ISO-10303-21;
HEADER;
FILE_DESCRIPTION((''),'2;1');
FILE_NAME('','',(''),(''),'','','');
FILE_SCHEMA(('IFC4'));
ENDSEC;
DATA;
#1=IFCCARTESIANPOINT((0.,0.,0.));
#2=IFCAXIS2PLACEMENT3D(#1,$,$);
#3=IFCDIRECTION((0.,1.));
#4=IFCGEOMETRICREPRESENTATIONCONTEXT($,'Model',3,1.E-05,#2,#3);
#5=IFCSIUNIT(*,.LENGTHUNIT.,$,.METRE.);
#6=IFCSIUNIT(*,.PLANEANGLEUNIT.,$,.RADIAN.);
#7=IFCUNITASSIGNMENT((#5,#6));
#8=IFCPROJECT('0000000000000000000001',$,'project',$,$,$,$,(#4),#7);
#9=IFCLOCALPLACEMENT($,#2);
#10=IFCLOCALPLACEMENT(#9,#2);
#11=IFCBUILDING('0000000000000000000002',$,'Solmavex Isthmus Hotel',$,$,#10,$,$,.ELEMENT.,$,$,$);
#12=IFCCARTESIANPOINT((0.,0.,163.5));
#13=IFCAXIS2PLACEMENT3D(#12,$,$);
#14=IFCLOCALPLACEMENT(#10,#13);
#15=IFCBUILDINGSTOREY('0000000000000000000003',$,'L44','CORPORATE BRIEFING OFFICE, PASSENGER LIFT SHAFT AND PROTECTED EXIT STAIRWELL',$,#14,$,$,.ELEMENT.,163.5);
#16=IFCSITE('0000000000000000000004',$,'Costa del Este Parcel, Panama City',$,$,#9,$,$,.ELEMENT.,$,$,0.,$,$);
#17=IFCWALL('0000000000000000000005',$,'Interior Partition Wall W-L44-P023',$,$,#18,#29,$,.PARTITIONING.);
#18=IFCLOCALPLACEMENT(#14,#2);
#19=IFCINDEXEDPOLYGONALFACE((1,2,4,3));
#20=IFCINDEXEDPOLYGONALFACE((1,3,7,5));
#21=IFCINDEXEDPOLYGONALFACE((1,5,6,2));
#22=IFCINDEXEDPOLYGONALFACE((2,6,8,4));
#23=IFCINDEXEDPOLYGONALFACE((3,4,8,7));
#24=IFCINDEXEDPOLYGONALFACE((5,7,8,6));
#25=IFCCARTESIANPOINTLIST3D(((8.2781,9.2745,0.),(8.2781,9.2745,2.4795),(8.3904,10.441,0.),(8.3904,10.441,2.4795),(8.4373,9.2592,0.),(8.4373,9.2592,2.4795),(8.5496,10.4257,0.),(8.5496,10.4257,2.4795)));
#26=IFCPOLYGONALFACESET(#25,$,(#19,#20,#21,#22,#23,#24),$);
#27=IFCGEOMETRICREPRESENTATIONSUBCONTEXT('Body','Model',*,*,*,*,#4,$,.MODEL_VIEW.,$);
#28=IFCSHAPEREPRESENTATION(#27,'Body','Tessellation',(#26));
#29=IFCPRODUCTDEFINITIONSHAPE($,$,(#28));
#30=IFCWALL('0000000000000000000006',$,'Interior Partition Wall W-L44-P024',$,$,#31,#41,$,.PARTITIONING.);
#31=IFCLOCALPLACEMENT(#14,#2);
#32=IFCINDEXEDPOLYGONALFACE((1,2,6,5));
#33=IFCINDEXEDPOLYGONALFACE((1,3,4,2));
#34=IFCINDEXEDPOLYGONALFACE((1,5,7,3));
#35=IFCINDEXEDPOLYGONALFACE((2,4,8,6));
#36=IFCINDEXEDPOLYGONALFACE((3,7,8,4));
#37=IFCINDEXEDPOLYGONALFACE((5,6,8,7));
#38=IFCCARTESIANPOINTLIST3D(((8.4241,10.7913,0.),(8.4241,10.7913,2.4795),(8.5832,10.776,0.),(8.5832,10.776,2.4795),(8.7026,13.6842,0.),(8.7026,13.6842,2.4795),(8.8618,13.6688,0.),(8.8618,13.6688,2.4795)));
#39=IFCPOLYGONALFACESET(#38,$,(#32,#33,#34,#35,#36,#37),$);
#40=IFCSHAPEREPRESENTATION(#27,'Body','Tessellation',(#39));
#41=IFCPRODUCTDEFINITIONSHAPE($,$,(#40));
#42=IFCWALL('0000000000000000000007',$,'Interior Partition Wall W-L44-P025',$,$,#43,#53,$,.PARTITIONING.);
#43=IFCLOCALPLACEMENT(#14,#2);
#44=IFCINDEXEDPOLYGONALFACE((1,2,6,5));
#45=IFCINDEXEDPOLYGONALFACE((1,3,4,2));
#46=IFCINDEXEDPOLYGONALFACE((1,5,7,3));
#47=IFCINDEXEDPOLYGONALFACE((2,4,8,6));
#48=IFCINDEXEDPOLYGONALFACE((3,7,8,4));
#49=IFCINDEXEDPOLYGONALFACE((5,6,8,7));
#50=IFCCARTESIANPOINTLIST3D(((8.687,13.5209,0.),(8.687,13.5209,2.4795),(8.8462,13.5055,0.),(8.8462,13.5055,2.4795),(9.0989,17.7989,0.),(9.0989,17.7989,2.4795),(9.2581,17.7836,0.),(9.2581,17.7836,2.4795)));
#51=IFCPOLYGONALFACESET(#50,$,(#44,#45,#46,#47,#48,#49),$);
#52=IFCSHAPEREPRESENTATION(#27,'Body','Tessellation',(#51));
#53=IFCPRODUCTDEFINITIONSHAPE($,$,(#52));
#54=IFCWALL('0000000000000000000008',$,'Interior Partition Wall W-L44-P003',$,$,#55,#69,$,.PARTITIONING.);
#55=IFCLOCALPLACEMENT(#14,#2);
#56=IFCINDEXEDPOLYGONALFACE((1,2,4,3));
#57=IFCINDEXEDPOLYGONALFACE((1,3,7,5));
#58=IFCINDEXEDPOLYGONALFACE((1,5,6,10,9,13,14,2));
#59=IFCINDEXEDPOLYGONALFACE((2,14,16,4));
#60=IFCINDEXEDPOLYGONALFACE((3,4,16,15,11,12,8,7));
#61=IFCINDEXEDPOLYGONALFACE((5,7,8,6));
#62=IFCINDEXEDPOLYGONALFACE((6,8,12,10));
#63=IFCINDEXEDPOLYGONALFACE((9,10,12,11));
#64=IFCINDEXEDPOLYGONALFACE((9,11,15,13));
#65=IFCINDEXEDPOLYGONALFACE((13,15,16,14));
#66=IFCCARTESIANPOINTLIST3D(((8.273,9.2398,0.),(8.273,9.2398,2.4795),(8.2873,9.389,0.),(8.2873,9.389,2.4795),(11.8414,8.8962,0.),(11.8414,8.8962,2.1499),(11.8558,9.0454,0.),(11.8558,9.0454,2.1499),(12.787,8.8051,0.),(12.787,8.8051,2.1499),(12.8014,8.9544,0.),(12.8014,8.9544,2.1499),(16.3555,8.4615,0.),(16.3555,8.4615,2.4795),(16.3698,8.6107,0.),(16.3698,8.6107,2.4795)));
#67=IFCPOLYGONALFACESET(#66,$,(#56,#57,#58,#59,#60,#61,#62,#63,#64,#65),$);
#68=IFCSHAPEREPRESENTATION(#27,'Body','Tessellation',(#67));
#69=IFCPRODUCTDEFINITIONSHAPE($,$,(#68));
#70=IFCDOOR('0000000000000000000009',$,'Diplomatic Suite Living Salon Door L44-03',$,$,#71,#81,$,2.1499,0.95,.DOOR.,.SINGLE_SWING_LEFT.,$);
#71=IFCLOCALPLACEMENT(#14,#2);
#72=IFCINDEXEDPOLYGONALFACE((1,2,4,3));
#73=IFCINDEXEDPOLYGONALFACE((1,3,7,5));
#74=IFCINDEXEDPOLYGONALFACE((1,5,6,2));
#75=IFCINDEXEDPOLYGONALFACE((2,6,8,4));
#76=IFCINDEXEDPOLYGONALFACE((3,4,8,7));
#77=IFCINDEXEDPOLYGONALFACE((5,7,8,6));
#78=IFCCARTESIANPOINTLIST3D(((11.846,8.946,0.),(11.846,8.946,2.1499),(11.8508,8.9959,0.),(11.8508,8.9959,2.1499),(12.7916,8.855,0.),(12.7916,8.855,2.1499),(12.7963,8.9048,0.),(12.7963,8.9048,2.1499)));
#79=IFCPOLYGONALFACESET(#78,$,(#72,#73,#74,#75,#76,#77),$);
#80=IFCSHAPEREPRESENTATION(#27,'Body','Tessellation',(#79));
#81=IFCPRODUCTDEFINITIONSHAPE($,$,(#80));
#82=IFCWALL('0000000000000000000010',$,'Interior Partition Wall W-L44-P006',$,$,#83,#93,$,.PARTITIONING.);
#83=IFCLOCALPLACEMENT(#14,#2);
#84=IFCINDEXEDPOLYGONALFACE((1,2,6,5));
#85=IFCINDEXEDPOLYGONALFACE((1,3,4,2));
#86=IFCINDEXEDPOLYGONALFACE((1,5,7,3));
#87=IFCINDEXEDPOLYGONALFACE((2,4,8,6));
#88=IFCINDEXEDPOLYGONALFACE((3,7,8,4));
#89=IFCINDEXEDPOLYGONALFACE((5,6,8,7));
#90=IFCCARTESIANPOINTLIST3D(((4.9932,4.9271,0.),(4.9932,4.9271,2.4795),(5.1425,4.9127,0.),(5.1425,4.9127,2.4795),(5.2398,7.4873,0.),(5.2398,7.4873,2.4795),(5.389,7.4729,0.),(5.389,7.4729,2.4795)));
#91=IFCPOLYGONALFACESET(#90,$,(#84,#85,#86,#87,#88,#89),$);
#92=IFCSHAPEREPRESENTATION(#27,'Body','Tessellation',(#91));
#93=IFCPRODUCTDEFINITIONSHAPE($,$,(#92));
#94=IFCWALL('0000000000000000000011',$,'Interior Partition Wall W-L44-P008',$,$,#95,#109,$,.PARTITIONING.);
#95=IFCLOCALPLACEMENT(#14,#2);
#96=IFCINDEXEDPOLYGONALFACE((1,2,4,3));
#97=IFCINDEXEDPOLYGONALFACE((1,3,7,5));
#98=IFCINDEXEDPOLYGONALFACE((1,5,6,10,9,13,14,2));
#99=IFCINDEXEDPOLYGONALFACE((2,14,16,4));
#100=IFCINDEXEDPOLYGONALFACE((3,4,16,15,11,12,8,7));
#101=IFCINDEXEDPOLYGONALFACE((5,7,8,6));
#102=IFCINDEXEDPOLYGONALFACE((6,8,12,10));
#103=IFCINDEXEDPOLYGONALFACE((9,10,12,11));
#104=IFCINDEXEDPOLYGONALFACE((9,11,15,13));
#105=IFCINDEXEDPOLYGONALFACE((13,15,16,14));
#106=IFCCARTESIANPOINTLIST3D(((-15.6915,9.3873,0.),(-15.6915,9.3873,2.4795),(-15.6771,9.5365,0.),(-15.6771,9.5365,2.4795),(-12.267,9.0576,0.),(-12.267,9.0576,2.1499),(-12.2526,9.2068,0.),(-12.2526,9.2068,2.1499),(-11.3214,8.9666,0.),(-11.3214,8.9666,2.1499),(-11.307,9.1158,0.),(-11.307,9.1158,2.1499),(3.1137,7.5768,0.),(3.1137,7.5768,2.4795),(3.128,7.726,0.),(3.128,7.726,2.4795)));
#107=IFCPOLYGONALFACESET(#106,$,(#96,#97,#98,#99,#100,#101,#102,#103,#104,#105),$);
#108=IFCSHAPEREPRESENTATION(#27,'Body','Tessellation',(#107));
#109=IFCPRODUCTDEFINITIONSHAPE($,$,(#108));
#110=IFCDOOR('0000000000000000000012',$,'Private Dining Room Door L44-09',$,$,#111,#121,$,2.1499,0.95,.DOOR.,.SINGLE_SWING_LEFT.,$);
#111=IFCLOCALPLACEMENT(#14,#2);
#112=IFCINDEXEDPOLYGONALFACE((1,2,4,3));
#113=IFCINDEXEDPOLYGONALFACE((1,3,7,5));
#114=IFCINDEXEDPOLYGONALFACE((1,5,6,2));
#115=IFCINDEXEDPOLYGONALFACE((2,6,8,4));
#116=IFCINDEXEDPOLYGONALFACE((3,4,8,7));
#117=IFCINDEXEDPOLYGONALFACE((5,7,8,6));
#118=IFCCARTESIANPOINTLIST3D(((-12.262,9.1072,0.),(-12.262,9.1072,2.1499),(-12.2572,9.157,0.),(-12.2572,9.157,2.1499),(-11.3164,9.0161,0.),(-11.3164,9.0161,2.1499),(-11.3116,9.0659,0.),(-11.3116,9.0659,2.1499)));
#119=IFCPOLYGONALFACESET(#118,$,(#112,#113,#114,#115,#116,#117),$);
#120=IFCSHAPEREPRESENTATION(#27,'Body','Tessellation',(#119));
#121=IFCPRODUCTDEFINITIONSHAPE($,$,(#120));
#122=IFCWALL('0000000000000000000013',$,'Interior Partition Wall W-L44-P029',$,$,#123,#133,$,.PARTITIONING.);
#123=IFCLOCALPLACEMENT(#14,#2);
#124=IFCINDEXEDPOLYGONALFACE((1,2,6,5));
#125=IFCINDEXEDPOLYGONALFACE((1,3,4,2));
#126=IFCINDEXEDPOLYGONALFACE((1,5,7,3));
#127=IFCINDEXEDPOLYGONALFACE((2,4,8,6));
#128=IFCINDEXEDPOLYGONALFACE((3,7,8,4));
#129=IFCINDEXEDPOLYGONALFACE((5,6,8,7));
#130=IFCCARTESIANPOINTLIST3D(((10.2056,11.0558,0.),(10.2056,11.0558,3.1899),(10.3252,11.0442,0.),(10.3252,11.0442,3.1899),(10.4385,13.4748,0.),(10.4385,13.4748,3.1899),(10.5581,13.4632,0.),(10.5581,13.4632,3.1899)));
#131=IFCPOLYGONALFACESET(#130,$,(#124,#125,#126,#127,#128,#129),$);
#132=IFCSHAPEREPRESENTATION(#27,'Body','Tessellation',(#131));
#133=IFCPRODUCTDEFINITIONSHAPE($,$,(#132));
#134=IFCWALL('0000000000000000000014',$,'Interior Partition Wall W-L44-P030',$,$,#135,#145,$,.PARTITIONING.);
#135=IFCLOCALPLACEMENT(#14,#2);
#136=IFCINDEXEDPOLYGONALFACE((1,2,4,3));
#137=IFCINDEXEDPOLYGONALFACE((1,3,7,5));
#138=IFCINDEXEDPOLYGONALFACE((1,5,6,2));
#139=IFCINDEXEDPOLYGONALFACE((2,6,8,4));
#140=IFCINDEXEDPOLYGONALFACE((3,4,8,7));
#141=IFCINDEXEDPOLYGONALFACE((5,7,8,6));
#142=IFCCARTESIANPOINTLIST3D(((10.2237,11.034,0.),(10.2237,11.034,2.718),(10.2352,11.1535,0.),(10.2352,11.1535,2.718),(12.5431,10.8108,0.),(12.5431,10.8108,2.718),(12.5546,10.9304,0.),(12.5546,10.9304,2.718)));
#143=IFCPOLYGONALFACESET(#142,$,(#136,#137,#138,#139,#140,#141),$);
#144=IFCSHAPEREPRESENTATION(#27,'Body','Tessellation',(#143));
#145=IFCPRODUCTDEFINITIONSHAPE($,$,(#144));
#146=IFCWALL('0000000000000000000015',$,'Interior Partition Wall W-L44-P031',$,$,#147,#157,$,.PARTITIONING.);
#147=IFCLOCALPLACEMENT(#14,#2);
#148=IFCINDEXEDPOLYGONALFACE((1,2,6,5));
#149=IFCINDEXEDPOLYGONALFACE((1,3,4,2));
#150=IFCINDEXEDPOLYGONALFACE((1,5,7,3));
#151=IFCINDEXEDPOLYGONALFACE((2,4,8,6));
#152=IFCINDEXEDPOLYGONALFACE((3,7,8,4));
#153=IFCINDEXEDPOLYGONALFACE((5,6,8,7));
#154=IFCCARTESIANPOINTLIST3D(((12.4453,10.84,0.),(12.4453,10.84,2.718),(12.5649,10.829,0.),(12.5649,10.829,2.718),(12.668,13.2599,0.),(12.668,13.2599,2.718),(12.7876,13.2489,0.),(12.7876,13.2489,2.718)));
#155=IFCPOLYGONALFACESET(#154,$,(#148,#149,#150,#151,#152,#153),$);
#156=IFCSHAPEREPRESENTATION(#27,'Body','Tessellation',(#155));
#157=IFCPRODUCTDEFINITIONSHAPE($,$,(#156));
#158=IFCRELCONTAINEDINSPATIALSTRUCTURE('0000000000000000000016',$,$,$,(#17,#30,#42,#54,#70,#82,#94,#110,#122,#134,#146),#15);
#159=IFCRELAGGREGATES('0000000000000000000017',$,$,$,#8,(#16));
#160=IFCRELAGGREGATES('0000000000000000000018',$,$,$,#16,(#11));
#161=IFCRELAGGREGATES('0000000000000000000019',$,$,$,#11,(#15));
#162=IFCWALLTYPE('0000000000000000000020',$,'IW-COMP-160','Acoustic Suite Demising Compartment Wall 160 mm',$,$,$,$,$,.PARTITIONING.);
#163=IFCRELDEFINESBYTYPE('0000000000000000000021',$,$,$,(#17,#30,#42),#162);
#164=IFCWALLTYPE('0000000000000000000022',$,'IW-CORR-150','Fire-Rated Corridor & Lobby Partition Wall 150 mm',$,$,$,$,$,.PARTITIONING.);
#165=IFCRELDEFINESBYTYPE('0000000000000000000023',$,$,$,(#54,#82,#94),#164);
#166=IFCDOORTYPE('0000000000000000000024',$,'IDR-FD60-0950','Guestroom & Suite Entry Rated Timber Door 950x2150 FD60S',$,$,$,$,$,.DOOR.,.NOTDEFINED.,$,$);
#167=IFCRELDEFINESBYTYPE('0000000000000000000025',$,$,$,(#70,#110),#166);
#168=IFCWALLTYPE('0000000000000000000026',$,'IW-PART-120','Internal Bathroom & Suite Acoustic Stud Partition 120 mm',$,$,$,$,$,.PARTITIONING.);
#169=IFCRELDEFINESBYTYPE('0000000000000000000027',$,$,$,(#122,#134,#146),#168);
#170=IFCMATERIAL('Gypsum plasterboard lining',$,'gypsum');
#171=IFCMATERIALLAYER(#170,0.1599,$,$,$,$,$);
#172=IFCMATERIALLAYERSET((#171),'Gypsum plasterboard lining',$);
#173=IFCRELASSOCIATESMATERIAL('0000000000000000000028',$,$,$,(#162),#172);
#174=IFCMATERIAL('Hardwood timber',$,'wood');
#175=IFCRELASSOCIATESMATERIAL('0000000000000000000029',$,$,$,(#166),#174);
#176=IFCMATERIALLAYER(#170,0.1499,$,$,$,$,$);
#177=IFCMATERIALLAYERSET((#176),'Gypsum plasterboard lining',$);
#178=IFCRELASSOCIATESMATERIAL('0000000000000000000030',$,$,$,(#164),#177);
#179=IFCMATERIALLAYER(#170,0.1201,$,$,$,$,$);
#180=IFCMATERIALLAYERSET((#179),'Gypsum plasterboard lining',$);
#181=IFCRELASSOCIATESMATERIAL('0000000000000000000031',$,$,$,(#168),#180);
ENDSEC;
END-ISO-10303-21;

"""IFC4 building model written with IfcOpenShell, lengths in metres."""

from ifc_helpers import new_model, si_unit, direction, frame, frame_2d, origin, place, context, subcontext, project, spatial, rectangle, extrude, material, layer, layer_set, type_object, element, fill, save


model = new_model("IFC4")

# Units and contexts
model_context = context("Model", 3, precision=1e-05, world=origin(), true_north=direction((0.0, 1.0)))
body_context = subcontext(model_context, "Body", "Model", "MODEL_VIEW")
ifc_project = project(units=[si_unit("LENGTHUNIT", "METRE"), si_unit("PLANEANGLEUNIT", "RADIAN")], contexts=[model_context])

# Site, building, storey
site_placement = place(None, origin())
site = spatial("IfcSite", under=ifc_project, at=site_placement, Name="Costa del Este Parcel, Panama City", CompositionType="ELEMENT", RefElevation=0.0)
building_placement = place(site_placement, origin())
building = spatial("IfcBuilding", under=site, at=building_placement, Name="Solmavex Isthmus Hotel", CompositionType="ELEMENT")
storey_placement = place(building_placement, frame((0.0, 0.0, 163.5)))
storey = spatial("IfcBuildingStorey", under=building, at=storey_placement, Name="L44", Description="CORPORATE BRIEFING OFFICE, PASSENGER LIFT SHAFT AND PROTECTED EXIT STAIRWELL", CompositionType="ELEMENT", Elevation=163.5)

# Walls
ifc_material_1 = material(Name="Gypsum plasterboard lining", Category="gypsum")
ifc_layer_1 = layer(ifc_material_1, 0.1599)
ifc_layer_set_1 = layer_set([ifc_layer_1], Name="Gypsum plasterboard lining")
wall_type_1 = type_object("IfcWallType", Name="IW-COMP-160", Description="Acoustic Suite Demising Compartment Wall 160 mm", PredefinedType="PARTITIONING", material=ifc_layer_set_1)
wall_1_placement = place(storey_placement, frame((8.47, 10.4333, 0.0), z_axis=(0.0, 0.0, 1.0), x_axis=(-0.095831, -0.995398, 0.0)))
element("IfcWall", 1, at=wall_1_placement, inside=storey, type_object=wall_type_1, Name="Interior Partition Wall W-L44-P023", PredefinedType="PARTITIONING", context=body_context, shape_type="SweptSolid", body=[
    extrude(rectangle(XDim=1.1719, YDim=0.1599, at=frame_2d((0.5859, 0.0))), origin(), (0.0, 0.0, 1.0), 2.4795),
])
wall_2_placement = place(storey_placement, frame((8.7822, 13.6765, 0.0), z_axis=(0.0, 0.0, 1.0), x_axis=(-0.095852, -0.995396, 0.0)))
element("IfcWall", 2, at=wall_2_placement, inside=storey, type_object=wall_type_1, Name="Interior Partition Wall W-L44-P024", PredefinedType="PARTITIONING", context=body_context, shape_type="SweptSolid", body=[
    extrude(rectangle(XDim=2.9062, YDim=0.1599, at=frame_2d((1.4531, 0.0))), origin(), (0.0, 0.0, 1.0), 2.4795),
])
wall_3_placement = place(storey_placement, frame((9.1785, 17.7913, 0.0), z_axis=(0.0, 0.0, 1.0), x_axis=(-0.09583, -0.995398, 0.0)))
element("IfcWall", 3, at=wall_3_placement, inside=storey, type_object=wall_type_1, Name="Interior Partition Wall W-L44-P025", PredefinedType="PARTITIONING", context=body_context, shape_type="SweptSolid", body=[
    extrude(rectangle(XDim=4.2979, YDim=0.1599, at=frame_2d((2.1489, 0.0))), origin(), (0.0, 0.0, 1.0), 2.4795),
])

# Wall, opening, door
ifc_material_2 = material(Name="Hardwood timber", Category="wood")
door_type_1 = type_object("IfcDoorType", Name="IDR-FD60-0950", Description="Guestroom & Suite Entry Rated Timber Door 950x2150 FD60S", OperationType="NOTDEFINED", PredefinedType="DOOR", material=ifc_material_2)
ifc_layer_2 = layer(ifc_material_1, 0.1499)
ifc_layer_set_2 = layer_set([ifc_layer_2], Name="Gypsum plasterboard lining")
wall_type_2 = type_object("IfcWallType", Name="IW-CORR-150", Description="Fire-Rated Corridor & Lobby Partition Wall 150 mm", PredefinedType="PARTITIONING", material=ifc_layer_set_2)
wall_4_placement = place(storey_placement, frame((8.28, 9.3145, 0.0), z_axis=(0.0, 0.0, 1.0), x_axis=(0.995395, -0.095853, 0.0)))
wall_4 = element("IfcWall", 4, at=wall_4_placement, inside=storey, type_object=wall_type_2, Name="Interior Partition Wall W-L44-P003", PredefinedType="PARTITIONING", context=body_context, shape_type="SweptSolid", body=[
    extrude(rectangle(XDim=8.1199, YDim=0.1499, at=frame_2d((4.0601, 0.0))), origin(), (0.0, 0.0, 1.0), 2.4795),
])
opening_1_placement = place(wall_4_placement, frame((3.585, 0.0, 0.0)))
opening_1 = element("IfcOpeningElement", 5, at=opening_1_placement, cuts=wall_4, PredefinedType="OPENING", context=body_context, shape_type="SweptSolid", body=[
    extrude(rectangle(XDim=0.95, YDim=2.1499, at=frame_2d((0.4751, 1.075))), frame((0.0, 0.085, 0.0), z_axis=(0.0, -1.0, 0.0), x_axis=(1.0, 0.0, 0.0)), (0.0, 0.0, 1.0), 0.1699),
])
door_1_placement = place(opening_1_placement, frame((0.95, 0.0, 0.0), z_axis=(0.0, 0.0, 1.0), x_axis=(-1.0, 0.0, 0.0)))
door_1 = element("IfcDoor", 6, at=door_1_placement, inside=storey, type_object=door_type_1, Name="Diplomatic Suite Living Salon Door L44-03", OperationType="SINGLE_SWING_LEFT", OverallHeight=2.1499, OverallWidth=0.95, PredefinedType="DOOR", context=body_context, shape_type="SweptSolid", body=[
    extrude(rectangle(XDim=0.95, YDim=2.1499, at=frame_2d((0.4751, 1.075))), frame((0.0, 0.0249, 0.0), z_axis=(0.0, -1.0, 0.0), x_axis=(1.0, 0.0, 0.0)), (0.0, 0.0, 1.0), 0.05),
])
fill(opening_1, door_1)

# Wall
wall_5_placement = place(storey_placement, frame((5.3145, 7.4802, 0.0), z_axis=(0.0, 0.0, 1.0), x_axis=(-0.095875, -0.995393, 0.0)))
element("IfcWall", 7, at=wall_5_placement, inside=storey, type_object=wall_type_2, Name="Interior Partition Wall W-L44-P006", PredefinedType="PARTITIONING", context=body_context, shape_type="SweptSolid", body=[
    extrude(rectangle(XDim=2.572, YDim=0.1499, at=frame_2d((1.2861, 0.0))), origin(), (0.0, 0.0, 1.0), 2.4795),
])

# Wall, opening, door
wall_6_placement = place(storey_placement, frame((3.1208, 7.6514, 0.0), z_axis=(0.0, 0.0, 1.0), x_axis=(-0.995397, 0.095836, 0.0)))
wall_6 = element("IfcWall", 8, at=wall_6_placement, inside=storey, type_object=wall_type_2, Name="Interior Partition Wall W-L44-P008", PredefinedType="PARTITIONING", context=body_context, shape_type="SweptSolid", body=[
    extrude(rectangle(XDim=18.8921, YDim=0.1499, at=frame_2d((9.446, 0.0))), origin(), (0.0, 0.0, 1.0), 2.4795),
])
opening_2_placement = place(wall_6_placement, frame((14.5017, 0.0, 0.0)))
opening_2 = element("IfcOpeningElement", 9, at=opening_2_placement, cuts=wall_6, PredefinedType="OPENING", context=body_context, shape_type="SweptSolid", body=[
    extrude(rectangle(XDim=0.95, YDim=2.1499, at=frame_2d((0.4751, 1.075))), frame((0.0, 0.085, 0.0), z_axis=(0.0, -1.0, 0.0), x_axis=(1.0, 0.0, 0.0)), (0.0, 0.0, 1.0), 0.1699),
])
door_2_placement = place(opening_2_placement, frame((0.95, 0.0, 0.0), z_axis=(0.0, 0.0, 1.0), x_axis=(-1.0, 0.0, 0.0)))
door_2 = element("IfcDoor", 10, at=door_2_placement, inside=storey, type_object=door_type_1, Name="Private Dining Room Door L44-09", OperationType="SINGLE_SWING_LEFT", OverallHeight=2.1499, OverallWidth=0.95, PredefinedType="DOOR", context=body_context, shape_type="SweptSolid", body=[
    extrude(rectangle(XDim=0.95, YDim=2.1499, at=frame_2d((0.4751, 1.075))), frame((0.0, 0.0249, 0.0), z_axis=(0.0, -1.0, 0.0), x_axis=(1.0, 0.0, 0.0)), (0.0, 0.0, 1.0), 0.05),
])
fill(opening_2, door_2)

# Walls
ifc_layer_3 = layer(ifc_material_1, 0.1201)
ifc_layer_set_3 = layer_set([ifc_layer_3], Name="Gypsum plasterboard lining")
wall_type_3 = type_object("IfcWallType", Name="IW-PART-120", Description="Internal Bathroom & Suite Acoustic Stud Partition 120 mm", PredefinedType="PARTITIONING", material=ifc_layer_set_3)
wall_7_placement = place(storey_placement, frame((10.4983, 13.469, 0.0), z_axis=(0.0, 0.0, 1.0), x_axis=(-0.095843, -0.995397, 0.0)))
element("IfcWall", 11, at=wall_7_placement, inside=storey, type_object=wall_type_3, Name="Interior Partition Wall W-L44-P029", PredefinedType="PARTITIONING", context=body_context, shape_type="SweptSolid", body=[
    extrude(rectangle(XDim=2.4302, YDim=0.1201, at=frame_2d((1.2151, 0.0))), origin(), (0.0, 0.0, 1.0), 3.1899),
])
wall_8_placement = place(storey_placement, frame((10.2295, 11.0938, 0.0), z_axis=(0.0, 0.0, 1.0), x_axis=(0.995404, -0.095768, 0.0)))
element("IfcWall", 12, at=wall_8_placement, inside=storey, type_object=wall_type_3, Name="Interior Partition Wall W-L44-P030", PredefinedType="PARTITIONING", context=body_context, shape_type="SweptSolid", body=[
    extrude(rectangle(XDim=2.3301, YDim=0.1201, at=frame_2d((1.165, 0.0))), origin(), (0.0, 0.0, 1.0), 2.718),
])
wall_9_placement = place(storey_placement, frame((12.5051, 10.8345, 0.0), z_axis=(0.0, 0.0, 1.0), x_axis=(0.091623, 0.995794, 0.0)))
element("IfcWall", 13, at=wall_9_placement, inside=storey, type_object=wall_type_3, Name="Interior Partition Wall W-L44-P031", PredefinedType="PARTITIONING", context=body_context, shape_type="SweptSolid", body=[
    extrude(rectangle(XDim=2.4302, YDim=0.1201, at=frame_2d((1.2151, 0.0))), origin(), (0.0, 0.0, 1.0), 2.718),
])

save(model, "model.ifc")
